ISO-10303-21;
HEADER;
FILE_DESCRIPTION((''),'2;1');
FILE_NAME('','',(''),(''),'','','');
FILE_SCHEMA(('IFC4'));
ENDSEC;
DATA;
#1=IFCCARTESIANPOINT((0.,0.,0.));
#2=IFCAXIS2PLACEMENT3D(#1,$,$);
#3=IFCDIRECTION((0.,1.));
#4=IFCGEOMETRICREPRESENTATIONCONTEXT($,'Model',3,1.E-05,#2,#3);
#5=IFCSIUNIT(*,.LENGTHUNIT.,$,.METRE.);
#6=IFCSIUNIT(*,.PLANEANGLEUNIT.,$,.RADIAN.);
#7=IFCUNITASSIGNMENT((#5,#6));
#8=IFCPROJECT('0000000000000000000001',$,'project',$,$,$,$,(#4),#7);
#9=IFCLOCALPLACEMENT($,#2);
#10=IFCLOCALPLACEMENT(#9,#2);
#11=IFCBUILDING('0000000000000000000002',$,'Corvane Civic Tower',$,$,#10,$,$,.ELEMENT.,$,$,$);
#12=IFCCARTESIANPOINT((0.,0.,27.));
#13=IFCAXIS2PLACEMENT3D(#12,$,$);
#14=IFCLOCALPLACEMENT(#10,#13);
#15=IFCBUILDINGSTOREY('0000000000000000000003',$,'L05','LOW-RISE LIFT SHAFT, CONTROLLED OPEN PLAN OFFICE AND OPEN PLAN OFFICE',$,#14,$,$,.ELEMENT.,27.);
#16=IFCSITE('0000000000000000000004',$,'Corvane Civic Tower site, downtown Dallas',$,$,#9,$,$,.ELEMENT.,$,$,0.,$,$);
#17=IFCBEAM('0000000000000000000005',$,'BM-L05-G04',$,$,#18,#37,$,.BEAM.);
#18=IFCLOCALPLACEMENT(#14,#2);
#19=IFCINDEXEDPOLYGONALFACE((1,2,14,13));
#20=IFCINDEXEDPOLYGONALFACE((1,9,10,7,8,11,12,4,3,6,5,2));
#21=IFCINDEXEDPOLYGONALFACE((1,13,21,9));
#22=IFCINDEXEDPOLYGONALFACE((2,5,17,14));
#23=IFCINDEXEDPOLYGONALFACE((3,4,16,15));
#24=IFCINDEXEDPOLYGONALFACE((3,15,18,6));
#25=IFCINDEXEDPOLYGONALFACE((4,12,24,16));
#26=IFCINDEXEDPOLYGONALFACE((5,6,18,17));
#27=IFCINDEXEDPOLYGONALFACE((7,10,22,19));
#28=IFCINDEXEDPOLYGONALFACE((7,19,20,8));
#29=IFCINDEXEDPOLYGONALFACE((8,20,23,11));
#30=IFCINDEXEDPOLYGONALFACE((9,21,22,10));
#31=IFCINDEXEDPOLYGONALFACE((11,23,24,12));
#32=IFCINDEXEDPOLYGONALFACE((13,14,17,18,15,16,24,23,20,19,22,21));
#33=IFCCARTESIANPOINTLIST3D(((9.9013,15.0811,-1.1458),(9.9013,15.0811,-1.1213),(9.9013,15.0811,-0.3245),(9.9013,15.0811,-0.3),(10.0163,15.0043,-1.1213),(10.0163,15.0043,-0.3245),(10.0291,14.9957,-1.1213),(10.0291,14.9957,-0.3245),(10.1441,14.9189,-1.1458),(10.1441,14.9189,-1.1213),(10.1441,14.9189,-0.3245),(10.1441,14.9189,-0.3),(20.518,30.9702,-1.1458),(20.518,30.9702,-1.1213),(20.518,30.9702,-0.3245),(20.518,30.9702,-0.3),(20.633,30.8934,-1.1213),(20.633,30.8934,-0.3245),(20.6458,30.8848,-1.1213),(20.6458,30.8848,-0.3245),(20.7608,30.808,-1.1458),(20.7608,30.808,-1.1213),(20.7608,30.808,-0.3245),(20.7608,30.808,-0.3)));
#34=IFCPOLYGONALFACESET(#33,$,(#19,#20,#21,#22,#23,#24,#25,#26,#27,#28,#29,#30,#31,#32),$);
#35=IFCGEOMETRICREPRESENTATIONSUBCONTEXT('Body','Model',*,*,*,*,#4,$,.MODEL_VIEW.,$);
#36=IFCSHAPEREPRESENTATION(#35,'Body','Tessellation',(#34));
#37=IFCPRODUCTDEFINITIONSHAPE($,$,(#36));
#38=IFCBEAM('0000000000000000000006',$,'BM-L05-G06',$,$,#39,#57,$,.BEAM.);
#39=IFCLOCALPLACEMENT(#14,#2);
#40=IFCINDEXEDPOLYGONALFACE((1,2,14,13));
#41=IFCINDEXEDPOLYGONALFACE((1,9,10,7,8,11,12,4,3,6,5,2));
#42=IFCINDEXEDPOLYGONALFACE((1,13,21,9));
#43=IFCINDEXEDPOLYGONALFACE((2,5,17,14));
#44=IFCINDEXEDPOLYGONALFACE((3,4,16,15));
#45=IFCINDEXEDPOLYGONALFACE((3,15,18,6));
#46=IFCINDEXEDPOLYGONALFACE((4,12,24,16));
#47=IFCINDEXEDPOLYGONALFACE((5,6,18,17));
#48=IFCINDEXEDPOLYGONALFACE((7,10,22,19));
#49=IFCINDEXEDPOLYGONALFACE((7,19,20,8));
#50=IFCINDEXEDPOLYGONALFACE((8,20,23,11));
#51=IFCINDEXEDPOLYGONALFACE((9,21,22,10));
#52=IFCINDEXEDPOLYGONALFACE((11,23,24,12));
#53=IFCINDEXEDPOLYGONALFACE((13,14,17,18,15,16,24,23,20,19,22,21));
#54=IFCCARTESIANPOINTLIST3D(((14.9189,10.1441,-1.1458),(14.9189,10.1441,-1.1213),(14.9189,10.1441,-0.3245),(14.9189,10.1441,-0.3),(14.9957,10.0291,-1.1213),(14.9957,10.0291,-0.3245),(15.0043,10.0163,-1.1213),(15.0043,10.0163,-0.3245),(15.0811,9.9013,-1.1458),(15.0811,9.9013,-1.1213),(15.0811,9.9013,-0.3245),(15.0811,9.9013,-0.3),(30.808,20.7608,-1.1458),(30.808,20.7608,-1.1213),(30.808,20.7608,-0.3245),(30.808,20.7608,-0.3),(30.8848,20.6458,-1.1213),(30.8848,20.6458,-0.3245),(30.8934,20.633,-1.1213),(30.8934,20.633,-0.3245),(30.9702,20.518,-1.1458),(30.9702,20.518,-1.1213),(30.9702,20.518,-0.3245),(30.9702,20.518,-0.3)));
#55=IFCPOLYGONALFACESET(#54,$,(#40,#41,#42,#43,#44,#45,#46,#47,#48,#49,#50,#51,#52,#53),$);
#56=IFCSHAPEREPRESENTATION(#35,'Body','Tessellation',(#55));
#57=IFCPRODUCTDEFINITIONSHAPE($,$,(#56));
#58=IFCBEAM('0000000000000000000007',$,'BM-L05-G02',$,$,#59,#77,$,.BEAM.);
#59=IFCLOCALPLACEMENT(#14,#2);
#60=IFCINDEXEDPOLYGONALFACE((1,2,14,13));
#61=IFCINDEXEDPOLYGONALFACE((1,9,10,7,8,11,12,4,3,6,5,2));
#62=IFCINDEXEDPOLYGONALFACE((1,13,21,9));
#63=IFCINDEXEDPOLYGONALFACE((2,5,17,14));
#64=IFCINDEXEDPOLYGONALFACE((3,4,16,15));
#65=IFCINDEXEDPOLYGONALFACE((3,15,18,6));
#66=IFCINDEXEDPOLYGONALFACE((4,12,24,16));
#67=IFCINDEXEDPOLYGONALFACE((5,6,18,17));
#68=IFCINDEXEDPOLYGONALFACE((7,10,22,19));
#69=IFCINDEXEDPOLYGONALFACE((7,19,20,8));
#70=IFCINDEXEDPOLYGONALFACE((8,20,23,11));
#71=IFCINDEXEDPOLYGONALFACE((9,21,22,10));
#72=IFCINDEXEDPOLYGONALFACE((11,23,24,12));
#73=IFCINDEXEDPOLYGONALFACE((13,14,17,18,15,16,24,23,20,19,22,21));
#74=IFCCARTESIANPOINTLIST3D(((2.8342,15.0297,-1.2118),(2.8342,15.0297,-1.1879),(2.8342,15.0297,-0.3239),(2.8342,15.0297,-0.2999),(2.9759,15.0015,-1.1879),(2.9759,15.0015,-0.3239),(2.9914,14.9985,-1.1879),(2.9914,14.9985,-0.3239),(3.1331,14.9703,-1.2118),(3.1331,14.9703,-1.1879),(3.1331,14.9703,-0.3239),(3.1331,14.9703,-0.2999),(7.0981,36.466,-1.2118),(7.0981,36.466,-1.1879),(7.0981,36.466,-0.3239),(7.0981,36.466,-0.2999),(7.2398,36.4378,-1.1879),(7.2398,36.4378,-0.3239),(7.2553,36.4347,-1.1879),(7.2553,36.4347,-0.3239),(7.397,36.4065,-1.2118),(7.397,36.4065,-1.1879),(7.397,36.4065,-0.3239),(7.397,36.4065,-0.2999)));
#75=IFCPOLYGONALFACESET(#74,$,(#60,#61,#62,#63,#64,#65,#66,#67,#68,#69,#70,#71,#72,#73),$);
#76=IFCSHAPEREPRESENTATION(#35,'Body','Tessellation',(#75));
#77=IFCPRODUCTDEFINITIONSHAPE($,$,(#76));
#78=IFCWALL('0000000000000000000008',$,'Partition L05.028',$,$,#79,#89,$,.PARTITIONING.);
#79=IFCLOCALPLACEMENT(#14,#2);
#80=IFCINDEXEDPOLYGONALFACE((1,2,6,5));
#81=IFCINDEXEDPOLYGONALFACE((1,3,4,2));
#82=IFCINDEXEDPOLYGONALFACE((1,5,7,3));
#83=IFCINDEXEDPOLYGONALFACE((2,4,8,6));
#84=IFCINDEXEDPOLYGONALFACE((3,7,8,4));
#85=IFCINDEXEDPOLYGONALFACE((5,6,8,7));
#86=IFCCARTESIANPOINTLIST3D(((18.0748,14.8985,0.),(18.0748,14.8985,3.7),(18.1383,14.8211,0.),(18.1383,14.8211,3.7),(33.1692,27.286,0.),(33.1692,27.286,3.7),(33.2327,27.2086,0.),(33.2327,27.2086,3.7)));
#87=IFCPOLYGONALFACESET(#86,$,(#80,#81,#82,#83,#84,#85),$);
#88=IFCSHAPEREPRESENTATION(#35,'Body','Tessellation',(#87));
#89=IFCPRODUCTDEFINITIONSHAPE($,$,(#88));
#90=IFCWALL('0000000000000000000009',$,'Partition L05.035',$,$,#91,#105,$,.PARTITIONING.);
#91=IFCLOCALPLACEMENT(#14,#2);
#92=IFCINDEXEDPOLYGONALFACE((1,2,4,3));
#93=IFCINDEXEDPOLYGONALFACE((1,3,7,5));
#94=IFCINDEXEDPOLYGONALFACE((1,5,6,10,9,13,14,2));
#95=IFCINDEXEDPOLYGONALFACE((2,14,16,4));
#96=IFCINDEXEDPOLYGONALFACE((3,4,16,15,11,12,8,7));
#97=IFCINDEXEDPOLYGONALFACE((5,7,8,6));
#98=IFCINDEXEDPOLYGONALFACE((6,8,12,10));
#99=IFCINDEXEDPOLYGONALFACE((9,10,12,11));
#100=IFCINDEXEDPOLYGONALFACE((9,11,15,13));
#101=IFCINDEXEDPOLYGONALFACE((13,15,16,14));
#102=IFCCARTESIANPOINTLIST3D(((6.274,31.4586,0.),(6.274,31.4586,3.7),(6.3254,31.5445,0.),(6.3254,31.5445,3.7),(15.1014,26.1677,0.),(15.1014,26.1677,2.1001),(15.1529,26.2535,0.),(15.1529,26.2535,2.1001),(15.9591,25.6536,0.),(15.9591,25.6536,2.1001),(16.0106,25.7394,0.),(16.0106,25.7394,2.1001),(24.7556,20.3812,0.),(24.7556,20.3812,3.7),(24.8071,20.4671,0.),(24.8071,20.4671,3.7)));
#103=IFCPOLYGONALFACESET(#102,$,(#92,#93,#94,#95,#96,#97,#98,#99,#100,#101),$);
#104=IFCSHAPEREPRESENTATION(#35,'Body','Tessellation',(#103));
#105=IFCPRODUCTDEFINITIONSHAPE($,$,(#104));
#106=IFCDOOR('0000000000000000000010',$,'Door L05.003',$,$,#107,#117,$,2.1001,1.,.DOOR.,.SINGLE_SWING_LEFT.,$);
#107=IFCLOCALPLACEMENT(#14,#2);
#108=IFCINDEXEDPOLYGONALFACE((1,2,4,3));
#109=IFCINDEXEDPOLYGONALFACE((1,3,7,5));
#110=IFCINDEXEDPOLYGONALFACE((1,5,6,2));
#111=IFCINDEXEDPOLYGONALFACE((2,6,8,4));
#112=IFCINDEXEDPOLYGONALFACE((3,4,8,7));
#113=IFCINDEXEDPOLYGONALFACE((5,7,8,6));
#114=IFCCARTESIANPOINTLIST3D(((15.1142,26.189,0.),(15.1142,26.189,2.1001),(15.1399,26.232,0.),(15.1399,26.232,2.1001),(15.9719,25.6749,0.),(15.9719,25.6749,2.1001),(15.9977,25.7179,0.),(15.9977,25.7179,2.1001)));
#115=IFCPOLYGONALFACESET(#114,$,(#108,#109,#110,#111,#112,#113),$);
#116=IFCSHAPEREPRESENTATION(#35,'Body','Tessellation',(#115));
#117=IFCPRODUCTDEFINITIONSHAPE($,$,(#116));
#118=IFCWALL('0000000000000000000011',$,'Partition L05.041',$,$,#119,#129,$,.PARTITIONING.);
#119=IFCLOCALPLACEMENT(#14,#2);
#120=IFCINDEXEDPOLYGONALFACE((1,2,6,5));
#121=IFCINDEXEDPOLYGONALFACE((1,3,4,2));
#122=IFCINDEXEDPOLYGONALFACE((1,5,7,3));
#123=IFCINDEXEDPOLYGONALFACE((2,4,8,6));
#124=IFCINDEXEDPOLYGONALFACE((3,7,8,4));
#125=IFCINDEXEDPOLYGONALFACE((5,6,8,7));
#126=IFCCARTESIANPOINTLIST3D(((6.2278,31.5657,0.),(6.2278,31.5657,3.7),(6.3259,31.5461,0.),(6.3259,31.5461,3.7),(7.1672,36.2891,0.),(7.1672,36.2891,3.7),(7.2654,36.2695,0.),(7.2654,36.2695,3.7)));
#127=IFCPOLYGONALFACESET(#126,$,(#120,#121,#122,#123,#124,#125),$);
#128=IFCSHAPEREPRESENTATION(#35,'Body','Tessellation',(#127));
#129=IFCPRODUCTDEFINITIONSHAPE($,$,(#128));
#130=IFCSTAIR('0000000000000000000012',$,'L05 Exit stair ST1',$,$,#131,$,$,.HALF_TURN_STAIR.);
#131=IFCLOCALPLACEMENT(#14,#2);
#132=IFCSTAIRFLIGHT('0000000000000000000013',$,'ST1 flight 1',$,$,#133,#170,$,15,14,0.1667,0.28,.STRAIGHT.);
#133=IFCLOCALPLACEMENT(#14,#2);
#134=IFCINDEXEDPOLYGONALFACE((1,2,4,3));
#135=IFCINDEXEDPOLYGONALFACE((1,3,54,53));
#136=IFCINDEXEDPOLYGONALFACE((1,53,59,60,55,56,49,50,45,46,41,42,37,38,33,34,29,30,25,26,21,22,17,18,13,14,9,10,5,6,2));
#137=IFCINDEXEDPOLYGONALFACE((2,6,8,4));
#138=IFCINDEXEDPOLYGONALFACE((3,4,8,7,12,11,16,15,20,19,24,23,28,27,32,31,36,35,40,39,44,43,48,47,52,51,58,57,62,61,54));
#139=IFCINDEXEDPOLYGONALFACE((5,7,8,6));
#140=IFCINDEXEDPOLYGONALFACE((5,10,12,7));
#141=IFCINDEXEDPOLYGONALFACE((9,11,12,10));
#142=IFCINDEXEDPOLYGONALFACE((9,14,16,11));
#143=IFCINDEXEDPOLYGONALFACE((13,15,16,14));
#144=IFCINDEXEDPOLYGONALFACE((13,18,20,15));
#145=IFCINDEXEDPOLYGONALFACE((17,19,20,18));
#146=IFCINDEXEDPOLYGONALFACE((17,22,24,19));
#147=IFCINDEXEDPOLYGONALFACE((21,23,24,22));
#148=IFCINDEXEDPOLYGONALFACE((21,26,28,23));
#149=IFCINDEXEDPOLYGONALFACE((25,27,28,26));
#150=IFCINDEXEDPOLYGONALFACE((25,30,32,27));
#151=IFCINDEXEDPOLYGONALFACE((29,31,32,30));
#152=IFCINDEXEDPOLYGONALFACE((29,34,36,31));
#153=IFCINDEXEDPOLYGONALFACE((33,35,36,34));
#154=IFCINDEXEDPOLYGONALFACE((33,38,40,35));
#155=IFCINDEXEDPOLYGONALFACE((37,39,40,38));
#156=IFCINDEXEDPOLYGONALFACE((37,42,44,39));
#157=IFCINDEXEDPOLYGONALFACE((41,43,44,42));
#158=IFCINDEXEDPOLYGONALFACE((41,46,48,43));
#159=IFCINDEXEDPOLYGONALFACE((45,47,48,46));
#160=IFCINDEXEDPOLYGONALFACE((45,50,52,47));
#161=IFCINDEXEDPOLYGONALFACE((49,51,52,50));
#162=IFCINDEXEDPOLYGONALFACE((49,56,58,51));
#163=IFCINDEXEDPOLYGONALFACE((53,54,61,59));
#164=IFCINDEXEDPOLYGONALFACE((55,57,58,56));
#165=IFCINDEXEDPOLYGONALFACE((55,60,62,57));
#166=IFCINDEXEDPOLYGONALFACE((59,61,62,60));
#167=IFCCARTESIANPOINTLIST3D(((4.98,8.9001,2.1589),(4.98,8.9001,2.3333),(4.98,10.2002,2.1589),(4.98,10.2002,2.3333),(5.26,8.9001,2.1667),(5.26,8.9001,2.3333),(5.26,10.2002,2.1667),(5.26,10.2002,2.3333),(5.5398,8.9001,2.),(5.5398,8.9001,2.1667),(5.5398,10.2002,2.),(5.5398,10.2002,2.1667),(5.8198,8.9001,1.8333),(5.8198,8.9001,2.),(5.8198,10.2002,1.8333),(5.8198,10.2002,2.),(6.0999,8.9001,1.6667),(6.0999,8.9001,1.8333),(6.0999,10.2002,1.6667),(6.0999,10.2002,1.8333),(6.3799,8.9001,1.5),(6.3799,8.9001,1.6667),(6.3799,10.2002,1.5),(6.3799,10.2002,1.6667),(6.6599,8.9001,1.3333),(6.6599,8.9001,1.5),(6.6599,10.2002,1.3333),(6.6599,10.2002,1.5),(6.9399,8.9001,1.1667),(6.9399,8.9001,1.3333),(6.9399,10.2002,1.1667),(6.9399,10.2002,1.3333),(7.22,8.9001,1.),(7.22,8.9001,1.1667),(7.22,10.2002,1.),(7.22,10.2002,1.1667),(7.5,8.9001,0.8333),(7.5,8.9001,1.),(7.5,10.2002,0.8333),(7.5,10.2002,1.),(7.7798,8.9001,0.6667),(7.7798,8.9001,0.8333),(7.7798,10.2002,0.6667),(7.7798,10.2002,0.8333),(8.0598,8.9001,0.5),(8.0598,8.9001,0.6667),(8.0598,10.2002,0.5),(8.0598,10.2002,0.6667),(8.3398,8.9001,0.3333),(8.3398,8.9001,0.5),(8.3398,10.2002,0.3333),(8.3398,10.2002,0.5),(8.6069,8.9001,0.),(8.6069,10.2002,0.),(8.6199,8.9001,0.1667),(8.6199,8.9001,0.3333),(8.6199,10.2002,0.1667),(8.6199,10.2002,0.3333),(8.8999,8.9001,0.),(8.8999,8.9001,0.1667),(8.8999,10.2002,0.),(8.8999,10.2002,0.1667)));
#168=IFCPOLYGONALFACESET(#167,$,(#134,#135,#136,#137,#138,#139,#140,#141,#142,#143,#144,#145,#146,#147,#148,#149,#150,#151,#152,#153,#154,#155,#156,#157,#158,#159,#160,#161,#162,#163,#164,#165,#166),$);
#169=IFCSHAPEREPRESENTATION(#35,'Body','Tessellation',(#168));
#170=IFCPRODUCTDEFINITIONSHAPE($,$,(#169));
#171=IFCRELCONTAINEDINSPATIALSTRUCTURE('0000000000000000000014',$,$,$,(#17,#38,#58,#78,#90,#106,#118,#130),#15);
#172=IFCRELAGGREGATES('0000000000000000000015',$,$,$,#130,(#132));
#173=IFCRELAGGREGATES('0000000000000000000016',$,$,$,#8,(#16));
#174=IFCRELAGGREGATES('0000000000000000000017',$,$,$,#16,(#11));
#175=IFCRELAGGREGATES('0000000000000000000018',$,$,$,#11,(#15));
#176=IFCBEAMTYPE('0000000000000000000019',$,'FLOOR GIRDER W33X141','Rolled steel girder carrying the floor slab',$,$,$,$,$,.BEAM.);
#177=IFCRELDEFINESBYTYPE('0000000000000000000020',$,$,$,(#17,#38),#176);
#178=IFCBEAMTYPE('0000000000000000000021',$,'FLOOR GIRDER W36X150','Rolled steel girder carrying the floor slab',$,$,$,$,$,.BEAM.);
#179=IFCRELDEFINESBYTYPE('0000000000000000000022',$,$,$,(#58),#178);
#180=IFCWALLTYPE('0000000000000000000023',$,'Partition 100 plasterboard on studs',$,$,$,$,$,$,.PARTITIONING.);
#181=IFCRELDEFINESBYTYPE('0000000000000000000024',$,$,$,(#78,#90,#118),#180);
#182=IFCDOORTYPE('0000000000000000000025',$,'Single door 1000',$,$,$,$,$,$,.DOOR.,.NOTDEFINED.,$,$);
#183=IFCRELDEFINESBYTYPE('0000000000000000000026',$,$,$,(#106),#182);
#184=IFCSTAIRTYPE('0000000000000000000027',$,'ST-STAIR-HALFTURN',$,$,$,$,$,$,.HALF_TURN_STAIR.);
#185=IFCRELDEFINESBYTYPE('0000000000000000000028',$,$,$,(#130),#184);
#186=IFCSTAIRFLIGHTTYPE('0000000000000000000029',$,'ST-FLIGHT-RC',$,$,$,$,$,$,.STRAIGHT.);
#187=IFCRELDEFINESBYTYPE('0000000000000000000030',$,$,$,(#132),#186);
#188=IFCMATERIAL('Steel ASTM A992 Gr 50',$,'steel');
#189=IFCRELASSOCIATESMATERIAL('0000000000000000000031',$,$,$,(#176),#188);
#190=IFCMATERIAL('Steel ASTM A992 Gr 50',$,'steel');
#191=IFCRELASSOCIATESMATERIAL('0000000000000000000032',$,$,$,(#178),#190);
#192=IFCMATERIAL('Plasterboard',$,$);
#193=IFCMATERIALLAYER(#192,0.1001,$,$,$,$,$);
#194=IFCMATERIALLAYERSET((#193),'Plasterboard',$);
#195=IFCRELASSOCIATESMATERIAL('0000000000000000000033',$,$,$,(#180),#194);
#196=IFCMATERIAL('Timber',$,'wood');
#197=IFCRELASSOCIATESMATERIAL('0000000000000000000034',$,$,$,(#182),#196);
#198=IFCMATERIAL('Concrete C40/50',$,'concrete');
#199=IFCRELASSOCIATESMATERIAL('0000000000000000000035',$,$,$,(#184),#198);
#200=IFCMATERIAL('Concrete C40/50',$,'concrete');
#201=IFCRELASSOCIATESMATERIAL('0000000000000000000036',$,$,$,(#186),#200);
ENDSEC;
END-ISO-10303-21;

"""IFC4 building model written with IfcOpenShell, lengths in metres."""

from ifc_helpers import new_model, si_unit, direction, frame, frame_2d, origin, origin_2d, place, context, subcontext, project, spatial, polyline, rectangle, i_section, outline, extrude, material, layer, layer_set, material_profile, profile_set, type_object, element, fill, aggregate, save


model = new_model("IFC4")

# Units and contexts
model_context = context("Model", 3, precision=1e-05, world=origin(), true_north=direction((0.0, 1.0)))
body_context = subcontext(model_context, "Body", "Model", "MODEL_VIEW")
ifc_project = project(units=[si_unit("LENGTHUNIT", "METRE"), si_unit("PLANEANGLEUNIT", "RADIAN")], contexts=[model_context])

# Site, building, storey
site_placement = place(None, origin())
site = spatial("IfcSite", under=ifc_project, at=site_placement, Name="Corvane Civic Tower site, downtown Dallas", CompositionType="ELEMENT", RefElevation=0.0)
building_placement = place(site_placement, origin())
building = spatial("IfcBuilding", under=site, at=building_placement, Name="Corvane Civic Tower", CompositionType="ELEMENT")
storey_placement = place(building_placement, frame((0.0, 0.0, 27.0)))
storey = spatial("IfcBuildingStorey", under=building, at=storey_placement, Name="L05", Description="LOW-RISE LIFT SHAFT, CONTROLLED OPEN PLAN OFFICE AND OPEN PLAN OFFICE", CompositionType="ELEMENT", Elevation=27.0)

# Beams
ifc_material_1 = material(Name="Steel ASTM A992 Gr 50", Category="steel")
ifc_material_profile_1 = material_profile(ifc_material_1, i_section(OverallWidth=0.292, OverallDepth=0.8457, WebThickness=0.0154, FlangeThickness=0.0244, at=origin_2d()), Name="W33X141")
ifc_profile_set_1 = profile_set([ifc_material_profile_1], Name="Steel ASTM A992 Gr 50")
beam_type_1 = type_object("IfcBeamType", Name="FLOOR GIRDER W33X141", Description="Rolled steel girder carrying the floor slab", PredefinedType="BEAM", material=ifc_profile_set_1)
for number, where, z_axis, x_axis, name in (
    (1, (10.0227, 15.0, -0.7229), (0.555567, 0.831472, 0.0), (-0.831472, 0.555567, 0.0), "BM-L05-G04"),
    (2, (15.0, 10.0227, -0.7229), (0.831472, 0.555567, 0.0), (-0.555567, 0.831472, 0.0), "BM-L05-G06"),
):
    element("IfcBeam", number, at=place(storey_placement, frame(where, z_axis=z_axis, x_axis=x_axis)), inside=storey, type_object=beam_type_1, Name=name, PredefinedType="BEAM", context=body_context, shape_type="SweptSolid", body=[
        extrude(i_section(OverallWidth=0.292, OverallDepth=0.8457, WebThickness=0.0154, FlangeThickness=0.0244, at=origin_2d()), origin(), (0.0, 0.0, 1.0), 19.1096),
    ])
ifc_material_2 = material(Name="Steel ASTM A992 Gr 50", Category="steel")
ifc_material_profile_2 = material_profile(ifc_material_2, i_section(OverallWidth=0.3047, OverallDepth=0.9119, WebThickness=0.0159, FlangeThickness=0.0239, at=origin_2d()), Name="W36X150")
ifc_profile_set_2 = profile_set([ifc_material_profile_2], Name="Steel ASTM A992 Gr 50")
beam_type_2 = type_object("IfcBeamType", Name="FLOOR GIRDER W36X150", Description="Rolled steel girder carrying the floor slab", PredefinedType="BEAM", material=ifc_profile_set_2)
beam_1_placement = place(storey_placement, frame((2.9836, 15.0, -0.7559), z_axis=(0.195089, 0.980785, 0.0), x_axis=(-0.980785, 0.195089, 0.0)))
element("IfcBeam", 3, at=beam_1_placement, inside=storey, type_object=beam_type_2, Name="BM-L05-G02", PredefinedType="BEAM", context=body_context, shape_type="SweptSolid", body=[
    extrude(i_section(OverallWidth=0.3047, OverallDepth=0.9119, WebThickness=0.0159, FlangeThickness=0.0239, at=origin_2d()), origin(), (0.0, 0.0, 1.0), 21.8562),
])

# Wall
ifc_material_3 = material(Name="Plasterboard")
ifc_layer = layer(ifc_material_3, 0.1001)
ifc_layer_set = layer_set([ifc_layer], Name="Plasterboard")
wall_type = type_object("IfcWallType", Name="Partition 100 plasterboard on studs", PredefinedType="PARTITIONING", material=ifc_layer_set)
wall_1_placement = place(storey_placement, frame((18.1067, 14.8599, 0.0), z_axis=(0.0, 0.0, 1.0), x_axis=(0.773012, 0.634391, 0.0)))
element("IfcWall", 4, at=wall_1_placement, inside=storey, type_object=wall_type, Name="Partition L05.028", PredefinedType="PARTITIONING", context=body_context, shape_type="SweptSolid", body=[
    extrude(rectangle(XDim=19.5266, YDim=0.1001, at=frame_2d((9.7632, 0.0))), origin(), (0.0, 0.0, 1.0), 3.7),
])

# Wall, opening, door
wall_2_placement = place(storey_placement, frame((6.2998, 31.5015, 0.0), z_axis=(0.0, 0.0, 1.0), x_axis=(0.857731, -0.514099, 0.0)))
wall_2 = element("IfcWall", 5, at=wall_2_placement, inside=storey, type_object=wall_type, Name="Partition L05.035", PredefinedType="PARTITIONING", context=body_context, shape_type="SweptSolid", body=[
    extrude(rectangle(XDim=21.5471, YDim=0.1001, at=frame_2d((10.7734, 0.0))), origin(), (0.0, 0.0, 1.0), 3.7),
])
opening_placement = place(wall_2_placement, frame((10.2915, 0.0, 0.0)))
opening = element("IfcOpeningElement", 6, at=opening_placement, cuts=wall_2, PredefinedType="OPENING", context=body_context, shape_type="SweptSolid", body=[
    extrude(rectangle(XDim=1.0, YDim=2.1001, at=frame_2d((0.5, 1.05))), frame((0.0, 0.0601, 0.0), z_axis=(0.0, -1.0, 0.0), x_axis=(1.0, 0.0, 0.0)), (0.0, 0.0, 1.0), 0.1201),
])
ifc_material_4 = material(Name="Timber", Category="wood")
door_type = type_object("IfcDoorType", Name="Single door 1000", OperationType="NOTDEFINED", PredefinedType="DOOR", material=ifc_material_4)
door_placement = place(opening_placement, origin())
door = element("IfcDoor", 7, at=door_placement, inside=storey, type_object=door_type, Name="Door L05.003", OperationType="SINGLE_SWING_LEFT", OverallHeight=2.1001, OverallWidth=1.0, PredefinedType="DOOR", context=body_context, shape_type="SweptSolid", body=[
    extrude(rectangle(XDim=1.0, YDim=2.1001, at=frame_2d((0.5, 1.05))), frame((0.0, 0.0249, 0.0), z_axis=(0.0, -1.0, 0.0), x_axis=(1.0, 0.0, 0.0)), (0.0, 0.0, 1.0), 0.05),
])
fill(opening, door)

# Wall
wall_3_placement = place(storey_placement, frame((6.2769, 31.5559, 0.0), z_axis=(0.0, 0.0, 1.0), x_axis=(0.195073, 0.980789, 0.0)))
element("IfcWall", 8, at=wall_3_placement, inside=storey, type_object=wall_type, Name="Partition L05.041", PredefinedType="PARTITIONING", context=body_context, shape_type="SweptSolid", body=[
    extrude(rectangle(XDim=4.8159, YDim=0.1001, at=frame_2d((2.408, 0.0))), origin(), (0.0, 0.0, 1.0), 3.7),
])

# Stair, stair flight
ifc_material_5 = material(Name="Concrete C40/50", Category="concrete")
stair_type = type_object("IfcStairType", Name="ST-STAIR-HALFTURN", PredefinedType="HALF_TURN_STAIR", material=ifc_material_5)
stair_placement = place(storey_placement, origin())
stair = element("IfcStair", 9, at=stair_placement, inside=storey, type_object=stair_type, Name="L05 Exit stair ST1", PredefinedType="HALF_TURN_STAIR")
ifc_material_6 = material(Name="Concrete C40/50", Category="concrete")
stair_flight_type = type_object("IfcStairFlightType", Name="ST-FLIGHT-RC", PredefinedType="STRAIGHT", material=ifc_material_6)
stair_flight_1_placement = place(storey_placement, frame((8.8999, 9.55, 0.0), z_axis=(0.0, 0.0, 1.0), x_axis=(-1.0, 0.0, 0.0)))
stair_flight_1 = element("IfcStairFlight", 10, at=stair_flight_1_placement, type_object=stair_flight_type, Name="ST1 flight 1", NumberOfRisers=15, NumberOfTreads=14, PredefinedType="STRAIGHT", RiserHeight=0.1667, TreadLength=0.28, context=body_context, shape_type="SweptSolid", body=[
    extrude(outline(polyline([(0.0, 0.0), (0.0, 0.1667), (0.28, 0.1667), (0.28, 0.3333), (0.5601, 0.3333), (0.5601, 0.5), (0.8401, 0.5), (0.8401, 0.6667), (1.1201, 0.6667), (1.1201, 0.8333), (1.3999, 0.8333), (1.3999, 1.0), (1.6799, 1.0), (1.6799, 1.1667), (1.96, 1.1667), (1.96, 1.3333), (2.24, 1.3333), (2.24, 1.5), (2.52, 1.5), (2.52, 1.6667), (2.8, 1.6667), (2.8, 1.8333), (3.0801, 1.8333), (3.0801, 2.0), (3.3601, 2.0), (3.3601, 2.1667), (3.6399, 2.1667), (3.6399, 2.3333), (3.9199, 2.3333), (3.9199, 2.5), (3.9199, 2.1589), (0.293, 0.0), (0.0, 0.0)])), frame((0.0, 0.6499, 0.0), z_axis=(0.0, -1.0, 0.0), x_axis=(1.0, 0.0, 0.0)), (0.0, 0.0, 1.0), 1.3),
])
aggregate(stair, [stair_flight_1])

save(model, "model.ifc")
